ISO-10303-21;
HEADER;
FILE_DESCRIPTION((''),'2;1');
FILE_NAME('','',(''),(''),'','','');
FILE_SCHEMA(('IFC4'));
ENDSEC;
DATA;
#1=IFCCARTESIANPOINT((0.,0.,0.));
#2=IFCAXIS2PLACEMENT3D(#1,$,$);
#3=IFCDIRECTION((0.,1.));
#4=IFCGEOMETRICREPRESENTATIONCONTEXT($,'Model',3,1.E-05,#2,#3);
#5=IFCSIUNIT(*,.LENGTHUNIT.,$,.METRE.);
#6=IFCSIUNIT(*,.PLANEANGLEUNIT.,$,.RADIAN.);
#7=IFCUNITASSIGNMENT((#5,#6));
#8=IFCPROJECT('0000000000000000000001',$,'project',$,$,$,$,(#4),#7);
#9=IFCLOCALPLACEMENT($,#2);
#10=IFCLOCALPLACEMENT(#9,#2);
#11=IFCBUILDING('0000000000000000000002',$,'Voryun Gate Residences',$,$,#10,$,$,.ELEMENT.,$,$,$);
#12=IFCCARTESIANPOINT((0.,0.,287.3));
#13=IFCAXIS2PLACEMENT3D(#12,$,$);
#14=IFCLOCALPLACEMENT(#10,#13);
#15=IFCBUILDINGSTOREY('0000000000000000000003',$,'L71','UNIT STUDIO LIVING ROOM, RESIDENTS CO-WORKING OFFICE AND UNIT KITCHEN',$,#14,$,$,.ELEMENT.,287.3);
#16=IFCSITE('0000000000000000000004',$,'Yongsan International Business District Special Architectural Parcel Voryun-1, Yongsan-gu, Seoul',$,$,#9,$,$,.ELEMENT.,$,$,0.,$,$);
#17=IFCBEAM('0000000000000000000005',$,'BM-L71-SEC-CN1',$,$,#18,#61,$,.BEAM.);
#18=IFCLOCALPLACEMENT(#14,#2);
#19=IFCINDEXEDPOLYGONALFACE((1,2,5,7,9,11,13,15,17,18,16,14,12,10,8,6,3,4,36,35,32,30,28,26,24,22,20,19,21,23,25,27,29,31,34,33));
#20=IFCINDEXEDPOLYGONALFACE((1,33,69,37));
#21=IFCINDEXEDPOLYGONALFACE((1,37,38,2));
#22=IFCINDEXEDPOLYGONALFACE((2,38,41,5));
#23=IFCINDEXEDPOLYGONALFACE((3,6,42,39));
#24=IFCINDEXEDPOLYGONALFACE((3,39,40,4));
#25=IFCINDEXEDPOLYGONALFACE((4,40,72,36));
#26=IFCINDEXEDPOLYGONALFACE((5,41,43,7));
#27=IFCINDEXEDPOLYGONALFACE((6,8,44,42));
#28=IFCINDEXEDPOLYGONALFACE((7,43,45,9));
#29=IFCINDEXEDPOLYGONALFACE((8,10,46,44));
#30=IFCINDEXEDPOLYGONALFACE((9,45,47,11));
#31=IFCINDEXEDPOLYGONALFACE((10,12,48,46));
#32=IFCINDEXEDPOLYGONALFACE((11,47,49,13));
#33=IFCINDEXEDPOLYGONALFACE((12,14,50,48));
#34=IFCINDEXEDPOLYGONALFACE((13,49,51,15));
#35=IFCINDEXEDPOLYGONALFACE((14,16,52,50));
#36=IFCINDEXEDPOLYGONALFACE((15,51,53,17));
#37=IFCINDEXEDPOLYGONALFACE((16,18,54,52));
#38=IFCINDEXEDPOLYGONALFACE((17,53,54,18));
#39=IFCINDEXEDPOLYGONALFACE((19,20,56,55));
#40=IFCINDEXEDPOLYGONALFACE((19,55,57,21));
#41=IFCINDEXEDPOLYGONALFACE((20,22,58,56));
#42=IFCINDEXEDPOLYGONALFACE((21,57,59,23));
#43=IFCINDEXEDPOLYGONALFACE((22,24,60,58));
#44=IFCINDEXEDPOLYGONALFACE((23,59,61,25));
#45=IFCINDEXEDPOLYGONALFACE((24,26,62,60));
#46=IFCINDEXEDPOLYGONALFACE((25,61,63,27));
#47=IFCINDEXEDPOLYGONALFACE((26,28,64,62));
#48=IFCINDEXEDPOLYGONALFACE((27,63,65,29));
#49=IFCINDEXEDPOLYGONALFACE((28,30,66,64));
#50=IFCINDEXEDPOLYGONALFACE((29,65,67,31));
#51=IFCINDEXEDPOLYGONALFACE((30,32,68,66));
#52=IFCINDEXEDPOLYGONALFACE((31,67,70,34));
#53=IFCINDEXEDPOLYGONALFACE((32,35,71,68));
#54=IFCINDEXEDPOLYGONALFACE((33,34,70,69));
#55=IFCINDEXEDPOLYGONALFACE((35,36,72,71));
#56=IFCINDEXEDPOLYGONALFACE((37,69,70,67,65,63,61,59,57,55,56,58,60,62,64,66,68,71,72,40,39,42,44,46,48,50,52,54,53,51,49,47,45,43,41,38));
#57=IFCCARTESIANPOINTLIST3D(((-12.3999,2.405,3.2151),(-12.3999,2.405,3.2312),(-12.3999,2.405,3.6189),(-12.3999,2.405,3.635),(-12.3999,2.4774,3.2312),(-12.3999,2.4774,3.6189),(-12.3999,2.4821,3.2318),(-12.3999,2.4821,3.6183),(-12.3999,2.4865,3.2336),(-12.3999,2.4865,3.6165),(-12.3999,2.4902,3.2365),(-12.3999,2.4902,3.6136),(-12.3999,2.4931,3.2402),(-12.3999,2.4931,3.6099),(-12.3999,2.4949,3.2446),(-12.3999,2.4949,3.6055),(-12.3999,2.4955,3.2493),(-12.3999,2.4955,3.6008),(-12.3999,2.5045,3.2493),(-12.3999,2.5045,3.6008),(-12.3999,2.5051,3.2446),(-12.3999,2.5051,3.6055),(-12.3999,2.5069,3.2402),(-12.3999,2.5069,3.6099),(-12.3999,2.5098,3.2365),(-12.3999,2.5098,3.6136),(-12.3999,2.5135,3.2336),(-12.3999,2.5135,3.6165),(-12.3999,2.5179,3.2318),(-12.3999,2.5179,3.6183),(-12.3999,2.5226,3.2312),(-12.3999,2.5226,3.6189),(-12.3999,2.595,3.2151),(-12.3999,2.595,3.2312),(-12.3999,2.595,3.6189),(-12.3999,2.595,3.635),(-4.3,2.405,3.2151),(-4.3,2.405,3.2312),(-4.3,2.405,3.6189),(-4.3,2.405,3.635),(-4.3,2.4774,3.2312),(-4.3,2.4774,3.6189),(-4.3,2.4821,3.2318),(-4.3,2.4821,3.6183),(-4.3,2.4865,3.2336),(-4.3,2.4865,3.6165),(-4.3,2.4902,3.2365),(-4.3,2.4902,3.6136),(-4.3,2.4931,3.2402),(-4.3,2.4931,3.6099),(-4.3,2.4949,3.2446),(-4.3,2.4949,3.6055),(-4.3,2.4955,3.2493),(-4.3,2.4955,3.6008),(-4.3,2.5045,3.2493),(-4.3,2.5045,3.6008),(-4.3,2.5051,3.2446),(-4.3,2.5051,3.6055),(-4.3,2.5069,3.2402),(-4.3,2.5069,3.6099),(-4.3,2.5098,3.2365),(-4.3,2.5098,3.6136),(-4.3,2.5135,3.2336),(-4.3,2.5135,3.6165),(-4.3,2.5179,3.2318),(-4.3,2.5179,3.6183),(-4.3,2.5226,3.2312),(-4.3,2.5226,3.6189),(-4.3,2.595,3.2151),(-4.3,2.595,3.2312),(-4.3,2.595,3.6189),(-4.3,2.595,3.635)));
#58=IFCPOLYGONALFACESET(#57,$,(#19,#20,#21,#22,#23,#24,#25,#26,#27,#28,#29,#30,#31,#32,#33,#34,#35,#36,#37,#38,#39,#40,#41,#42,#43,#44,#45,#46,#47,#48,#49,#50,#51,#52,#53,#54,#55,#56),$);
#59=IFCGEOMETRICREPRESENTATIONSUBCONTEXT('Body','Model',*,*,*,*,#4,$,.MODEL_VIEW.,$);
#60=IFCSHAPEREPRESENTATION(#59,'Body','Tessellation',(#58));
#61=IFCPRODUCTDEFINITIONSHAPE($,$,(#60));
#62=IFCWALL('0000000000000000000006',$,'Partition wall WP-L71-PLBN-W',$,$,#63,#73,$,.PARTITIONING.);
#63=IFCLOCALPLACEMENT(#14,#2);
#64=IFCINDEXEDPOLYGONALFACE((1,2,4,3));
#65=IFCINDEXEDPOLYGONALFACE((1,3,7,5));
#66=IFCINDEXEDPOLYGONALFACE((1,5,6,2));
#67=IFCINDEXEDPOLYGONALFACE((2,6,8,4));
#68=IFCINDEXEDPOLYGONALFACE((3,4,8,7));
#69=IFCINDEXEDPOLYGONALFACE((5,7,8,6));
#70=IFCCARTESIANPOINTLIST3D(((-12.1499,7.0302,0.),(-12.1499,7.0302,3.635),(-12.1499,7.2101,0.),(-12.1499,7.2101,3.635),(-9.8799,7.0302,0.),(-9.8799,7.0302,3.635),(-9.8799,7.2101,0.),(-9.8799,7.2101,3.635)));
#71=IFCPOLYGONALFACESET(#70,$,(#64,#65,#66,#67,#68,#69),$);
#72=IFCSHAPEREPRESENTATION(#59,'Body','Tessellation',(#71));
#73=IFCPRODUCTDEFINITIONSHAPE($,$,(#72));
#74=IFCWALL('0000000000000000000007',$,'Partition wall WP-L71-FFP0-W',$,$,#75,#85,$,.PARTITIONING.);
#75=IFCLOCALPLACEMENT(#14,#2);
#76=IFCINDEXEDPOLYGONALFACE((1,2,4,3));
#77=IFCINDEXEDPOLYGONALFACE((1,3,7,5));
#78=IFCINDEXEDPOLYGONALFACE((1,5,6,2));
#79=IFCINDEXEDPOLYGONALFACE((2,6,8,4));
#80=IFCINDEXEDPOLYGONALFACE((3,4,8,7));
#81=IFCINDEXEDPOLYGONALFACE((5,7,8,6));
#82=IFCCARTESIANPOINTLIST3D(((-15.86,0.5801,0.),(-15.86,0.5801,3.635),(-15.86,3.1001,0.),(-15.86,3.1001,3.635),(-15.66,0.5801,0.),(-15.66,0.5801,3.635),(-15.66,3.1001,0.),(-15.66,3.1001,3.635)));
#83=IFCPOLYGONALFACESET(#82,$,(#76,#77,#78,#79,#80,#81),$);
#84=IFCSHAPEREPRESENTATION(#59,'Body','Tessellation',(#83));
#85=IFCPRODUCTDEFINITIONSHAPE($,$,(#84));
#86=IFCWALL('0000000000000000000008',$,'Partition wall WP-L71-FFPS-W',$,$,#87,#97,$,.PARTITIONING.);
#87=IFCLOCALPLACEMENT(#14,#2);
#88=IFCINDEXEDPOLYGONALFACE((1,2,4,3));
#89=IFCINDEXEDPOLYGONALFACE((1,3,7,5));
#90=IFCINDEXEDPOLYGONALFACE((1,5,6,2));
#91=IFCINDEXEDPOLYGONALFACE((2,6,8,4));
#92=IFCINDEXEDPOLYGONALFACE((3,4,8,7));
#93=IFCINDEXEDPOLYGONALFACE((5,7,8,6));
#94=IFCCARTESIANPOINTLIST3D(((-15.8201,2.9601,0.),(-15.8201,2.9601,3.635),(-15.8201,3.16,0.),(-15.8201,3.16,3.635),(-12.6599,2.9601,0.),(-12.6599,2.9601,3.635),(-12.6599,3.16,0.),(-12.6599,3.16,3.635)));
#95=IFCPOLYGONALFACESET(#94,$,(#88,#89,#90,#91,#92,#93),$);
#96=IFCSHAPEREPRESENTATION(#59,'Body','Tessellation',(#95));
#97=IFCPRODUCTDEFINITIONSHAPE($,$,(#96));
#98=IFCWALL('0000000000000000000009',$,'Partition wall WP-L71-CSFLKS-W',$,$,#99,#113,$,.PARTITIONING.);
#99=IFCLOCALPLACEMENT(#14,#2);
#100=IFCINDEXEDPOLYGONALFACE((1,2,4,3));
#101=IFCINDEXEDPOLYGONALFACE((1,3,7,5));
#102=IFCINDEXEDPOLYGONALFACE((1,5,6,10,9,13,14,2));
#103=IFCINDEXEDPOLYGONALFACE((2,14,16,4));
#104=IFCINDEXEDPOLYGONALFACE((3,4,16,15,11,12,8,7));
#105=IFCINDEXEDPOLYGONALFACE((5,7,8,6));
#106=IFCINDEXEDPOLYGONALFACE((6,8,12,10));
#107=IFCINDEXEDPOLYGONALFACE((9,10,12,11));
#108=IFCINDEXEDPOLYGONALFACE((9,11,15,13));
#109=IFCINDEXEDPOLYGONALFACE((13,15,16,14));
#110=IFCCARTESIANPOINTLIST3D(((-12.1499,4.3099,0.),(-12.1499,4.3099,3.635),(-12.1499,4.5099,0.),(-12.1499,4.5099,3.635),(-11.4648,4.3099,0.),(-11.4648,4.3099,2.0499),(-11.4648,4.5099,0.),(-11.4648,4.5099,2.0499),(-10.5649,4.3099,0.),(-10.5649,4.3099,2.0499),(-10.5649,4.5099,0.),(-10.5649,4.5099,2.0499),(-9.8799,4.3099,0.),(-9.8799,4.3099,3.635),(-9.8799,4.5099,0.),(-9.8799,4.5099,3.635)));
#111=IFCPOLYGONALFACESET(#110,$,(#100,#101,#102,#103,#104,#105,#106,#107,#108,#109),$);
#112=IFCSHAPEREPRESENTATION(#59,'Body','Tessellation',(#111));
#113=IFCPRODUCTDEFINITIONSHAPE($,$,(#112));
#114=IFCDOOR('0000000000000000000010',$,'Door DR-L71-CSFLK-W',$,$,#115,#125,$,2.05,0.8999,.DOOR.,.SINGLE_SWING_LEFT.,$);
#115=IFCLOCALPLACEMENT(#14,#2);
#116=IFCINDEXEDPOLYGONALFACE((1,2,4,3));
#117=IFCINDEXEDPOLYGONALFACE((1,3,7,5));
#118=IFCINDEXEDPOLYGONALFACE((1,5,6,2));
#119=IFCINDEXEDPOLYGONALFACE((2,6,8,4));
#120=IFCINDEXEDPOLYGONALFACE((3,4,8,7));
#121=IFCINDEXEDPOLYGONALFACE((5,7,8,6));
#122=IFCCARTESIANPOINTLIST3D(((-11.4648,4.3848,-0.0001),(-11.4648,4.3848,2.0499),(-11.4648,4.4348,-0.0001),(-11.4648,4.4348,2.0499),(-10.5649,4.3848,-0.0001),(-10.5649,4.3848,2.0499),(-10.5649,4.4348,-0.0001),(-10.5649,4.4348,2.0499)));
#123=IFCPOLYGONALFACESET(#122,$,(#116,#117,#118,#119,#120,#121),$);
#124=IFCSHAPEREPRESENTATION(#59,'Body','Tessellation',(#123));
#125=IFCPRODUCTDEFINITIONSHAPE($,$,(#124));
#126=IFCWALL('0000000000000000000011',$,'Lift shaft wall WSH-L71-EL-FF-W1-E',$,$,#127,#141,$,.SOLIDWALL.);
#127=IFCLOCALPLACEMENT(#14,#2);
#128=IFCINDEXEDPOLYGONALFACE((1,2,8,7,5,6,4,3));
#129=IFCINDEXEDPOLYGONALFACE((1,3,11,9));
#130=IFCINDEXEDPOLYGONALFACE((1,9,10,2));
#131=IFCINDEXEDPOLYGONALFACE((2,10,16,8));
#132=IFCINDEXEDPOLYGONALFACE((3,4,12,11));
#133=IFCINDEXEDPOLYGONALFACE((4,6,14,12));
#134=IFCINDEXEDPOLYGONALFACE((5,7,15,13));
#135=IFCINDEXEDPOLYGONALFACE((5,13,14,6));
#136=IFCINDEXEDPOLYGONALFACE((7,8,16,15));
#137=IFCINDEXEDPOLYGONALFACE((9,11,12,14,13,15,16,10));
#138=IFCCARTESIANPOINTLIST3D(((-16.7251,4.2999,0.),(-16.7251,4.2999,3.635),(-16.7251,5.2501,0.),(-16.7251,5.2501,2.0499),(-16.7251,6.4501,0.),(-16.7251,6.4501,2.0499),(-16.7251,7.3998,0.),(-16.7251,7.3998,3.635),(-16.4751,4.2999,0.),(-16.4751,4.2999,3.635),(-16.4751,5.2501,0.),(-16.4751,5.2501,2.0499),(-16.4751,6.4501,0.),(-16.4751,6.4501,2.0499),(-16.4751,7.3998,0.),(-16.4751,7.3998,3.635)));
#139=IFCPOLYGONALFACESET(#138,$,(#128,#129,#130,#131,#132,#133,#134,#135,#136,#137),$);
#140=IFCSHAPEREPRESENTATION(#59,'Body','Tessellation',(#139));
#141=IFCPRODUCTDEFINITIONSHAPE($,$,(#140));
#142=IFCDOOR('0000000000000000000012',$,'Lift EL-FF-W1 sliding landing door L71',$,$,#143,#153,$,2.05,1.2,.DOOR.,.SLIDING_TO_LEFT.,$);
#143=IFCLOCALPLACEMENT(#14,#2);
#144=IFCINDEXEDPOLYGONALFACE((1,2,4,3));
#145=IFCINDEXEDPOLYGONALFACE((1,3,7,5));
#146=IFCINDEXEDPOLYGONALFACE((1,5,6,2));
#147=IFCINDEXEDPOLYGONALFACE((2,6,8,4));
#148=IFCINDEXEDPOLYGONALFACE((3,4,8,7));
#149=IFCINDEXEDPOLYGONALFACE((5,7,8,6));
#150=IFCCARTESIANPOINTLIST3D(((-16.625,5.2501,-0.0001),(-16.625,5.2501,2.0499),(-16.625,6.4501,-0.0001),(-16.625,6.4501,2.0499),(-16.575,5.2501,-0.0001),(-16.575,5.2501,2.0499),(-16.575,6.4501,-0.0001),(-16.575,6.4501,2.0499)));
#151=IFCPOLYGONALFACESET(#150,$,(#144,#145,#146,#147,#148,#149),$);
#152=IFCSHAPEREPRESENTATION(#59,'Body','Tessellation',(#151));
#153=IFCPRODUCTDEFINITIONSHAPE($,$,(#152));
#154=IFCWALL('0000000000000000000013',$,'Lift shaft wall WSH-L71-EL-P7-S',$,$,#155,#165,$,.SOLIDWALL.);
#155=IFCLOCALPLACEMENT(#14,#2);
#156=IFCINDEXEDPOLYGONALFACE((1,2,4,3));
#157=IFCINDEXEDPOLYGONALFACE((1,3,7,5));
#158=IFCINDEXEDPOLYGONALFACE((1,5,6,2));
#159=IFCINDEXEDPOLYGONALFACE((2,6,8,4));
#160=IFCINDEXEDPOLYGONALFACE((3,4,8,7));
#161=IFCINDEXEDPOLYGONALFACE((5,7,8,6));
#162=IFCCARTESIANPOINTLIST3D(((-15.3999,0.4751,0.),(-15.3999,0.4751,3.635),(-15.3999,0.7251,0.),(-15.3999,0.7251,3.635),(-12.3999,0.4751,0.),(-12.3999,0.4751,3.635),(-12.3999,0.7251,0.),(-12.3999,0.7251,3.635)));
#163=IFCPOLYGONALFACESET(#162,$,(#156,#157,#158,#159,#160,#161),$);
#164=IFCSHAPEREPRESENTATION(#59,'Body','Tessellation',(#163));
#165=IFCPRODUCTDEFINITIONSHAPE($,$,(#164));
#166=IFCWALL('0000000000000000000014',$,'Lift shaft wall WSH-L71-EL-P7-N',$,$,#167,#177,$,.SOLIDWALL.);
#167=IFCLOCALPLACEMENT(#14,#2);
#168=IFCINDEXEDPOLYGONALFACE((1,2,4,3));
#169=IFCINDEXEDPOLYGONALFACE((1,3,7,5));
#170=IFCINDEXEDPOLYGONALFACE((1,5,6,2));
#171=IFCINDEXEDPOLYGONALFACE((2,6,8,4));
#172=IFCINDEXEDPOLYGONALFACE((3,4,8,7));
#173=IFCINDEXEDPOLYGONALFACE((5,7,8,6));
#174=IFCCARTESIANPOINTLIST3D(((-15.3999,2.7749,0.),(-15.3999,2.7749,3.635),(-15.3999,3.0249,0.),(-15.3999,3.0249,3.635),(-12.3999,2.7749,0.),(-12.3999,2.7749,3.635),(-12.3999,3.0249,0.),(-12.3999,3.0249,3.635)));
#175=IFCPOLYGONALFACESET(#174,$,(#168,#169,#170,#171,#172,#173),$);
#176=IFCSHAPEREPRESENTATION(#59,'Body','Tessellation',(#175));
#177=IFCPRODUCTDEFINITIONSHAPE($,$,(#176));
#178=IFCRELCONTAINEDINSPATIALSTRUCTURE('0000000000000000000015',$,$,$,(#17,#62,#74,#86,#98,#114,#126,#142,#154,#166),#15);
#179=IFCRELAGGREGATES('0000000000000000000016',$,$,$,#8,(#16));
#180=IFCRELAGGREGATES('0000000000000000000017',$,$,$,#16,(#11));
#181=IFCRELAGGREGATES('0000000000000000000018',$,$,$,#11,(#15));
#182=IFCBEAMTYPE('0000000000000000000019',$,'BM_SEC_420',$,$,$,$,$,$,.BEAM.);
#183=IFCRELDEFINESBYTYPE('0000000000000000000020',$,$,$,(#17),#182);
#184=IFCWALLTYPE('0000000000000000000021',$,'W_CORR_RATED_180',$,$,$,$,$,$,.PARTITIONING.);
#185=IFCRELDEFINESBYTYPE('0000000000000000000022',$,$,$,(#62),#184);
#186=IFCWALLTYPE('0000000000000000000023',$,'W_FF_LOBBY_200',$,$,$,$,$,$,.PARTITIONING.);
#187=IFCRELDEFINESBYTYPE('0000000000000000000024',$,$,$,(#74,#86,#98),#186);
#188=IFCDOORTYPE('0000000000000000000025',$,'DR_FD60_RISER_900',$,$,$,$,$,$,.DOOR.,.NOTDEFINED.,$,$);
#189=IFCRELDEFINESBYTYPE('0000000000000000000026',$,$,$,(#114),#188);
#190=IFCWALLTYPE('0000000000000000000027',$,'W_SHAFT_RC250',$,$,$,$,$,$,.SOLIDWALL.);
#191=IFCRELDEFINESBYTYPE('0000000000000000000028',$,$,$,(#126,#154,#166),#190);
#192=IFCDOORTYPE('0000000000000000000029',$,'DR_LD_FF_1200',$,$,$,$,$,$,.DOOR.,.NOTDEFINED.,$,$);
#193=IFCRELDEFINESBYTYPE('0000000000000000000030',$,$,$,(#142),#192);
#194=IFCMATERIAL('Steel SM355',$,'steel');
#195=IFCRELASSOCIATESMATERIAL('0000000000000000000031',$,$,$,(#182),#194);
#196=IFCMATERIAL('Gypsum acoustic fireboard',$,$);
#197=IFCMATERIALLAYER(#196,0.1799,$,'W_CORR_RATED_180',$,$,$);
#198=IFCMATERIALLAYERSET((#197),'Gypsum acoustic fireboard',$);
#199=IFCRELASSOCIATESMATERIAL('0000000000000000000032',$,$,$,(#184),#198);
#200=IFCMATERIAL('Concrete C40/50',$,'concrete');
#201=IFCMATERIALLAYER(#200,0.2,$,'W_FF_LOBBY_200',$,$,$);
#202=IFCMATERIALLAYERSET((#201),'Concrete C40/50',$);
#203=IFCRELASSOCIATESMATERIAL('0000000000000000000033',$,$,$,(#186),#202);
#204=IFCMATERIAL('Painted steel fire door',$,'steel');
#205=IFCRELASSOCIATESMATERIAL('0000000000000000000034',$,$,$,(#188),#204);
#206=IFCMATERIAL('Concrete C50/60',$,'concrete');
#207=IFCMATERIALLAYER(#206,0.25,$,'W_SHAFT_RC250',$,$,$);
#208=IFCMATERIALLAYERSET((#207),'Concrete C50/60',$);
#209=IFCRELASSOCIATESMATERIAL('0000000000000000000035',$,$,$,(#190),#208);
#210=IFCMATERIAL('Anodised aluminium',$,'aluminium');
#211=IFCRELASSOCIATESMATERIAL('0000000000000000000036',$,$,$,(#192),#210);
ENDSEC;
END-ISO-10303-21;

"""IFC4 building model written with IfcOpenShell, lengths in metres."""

from ifc_helpers import new_model, si_unit, direction, frame, frame_2d, origin, origin_2d, place, context, subcontext, project, spatial, rectangle, i_section, extrude, material, layer, layer_set, material_profile, profile_set, type_object, element, fill, save


model = new_model("IFC4")

# Units and contexts
model_context = context("Model", 3, precision=1e-05, world=origin(), true_north=direction((0.0, 1.0)))
body_context = subcontext(model_context, "Body", "Model", "MODEL_VIEW")
ifc_project = project(units=[si_unit("LENGTHUNIT", "METRE"), si_unit("PLANEANGLEUNIT", "RADIAN")], contexts=[model_context])

# Site, building, storey
site_placement = place(None, origin())
site = spatial("IfcSite", under=ifc_project, at=site_placement, Name="Yongsan International Business District Special Architectural Parcel Voryun-1, Yongsan-gu, Seoul", CompositionType="ELEMENT", RefElevation=0.0)
building_placement = place(site_placement, origin())
building = spatial("IfcBuilding", under=site, at=building_placement, Name="Voryun Gate Residences", CompositionType="ELEMENT")
storey_placement = place(building_placement, frame((0.0, 0.0, 287.3)))
storey = spatial("IfcBuildingStorey", under=building, at=storey_placement, Name="L71", Description="UNIT STUDIO LIVING ROOM, RESIDENTS CO-WORKING OFFICE AND UNIT KITCHEN", CompositionType="ELEMENT", Elevation=287.3)

# Beam
ifc_material_1 = material(Name="Steel SM355", Category="steel")
ifc_material_profile_1 = material_profile(ifc_material_1, i_section(OverallWidth=0.1899, OverallDepth=0.4199, WebThickness=0.009, FlangeThickness=0.0161, FilletRadius=0.0181, at=origin_2d()), Name="H-420x190x9x16")
ifc_profile_set_1 = profile_set([ifc_material_profile_1], Name="Steel SM355")
beam_type_1 = type_object("IfcBeamType", Name="BM_SEC_420", PredefinedType="BEAM", material=ifc_profile_set_1)
for number, where, z_axis, x_axis, name in (
    (1, (-12.3999, 2.5, 3.425), (1.0, 0.0, 0.0), (0.0, 1.0, 0.0), "BM-L71-SEC-CN1"),
):
    element("IfcBeam", number, at=place(storey_placement, frame(where, z_axis=z_axis, x_axis=x_axis)), inside=storey, type_object=beam_type_1, Name=name, PredefinedType="BEAM", context=body_context, shape_type="SweptSolid", body=[
        extrude(i_section(OverallWidth=0.1899, OverallDepth=0.4199, WebThickness=0.009, FlangeThickness=0.0161, FilletRadius=0.0181, at=origin_2d()), origin(), (0.0, 0.0, 1.0), 8.0999),
    ])

# Walls
ifc_material_2 = material(Name="Gypsum acoustic fireboard")
ifc_layer_1 = layer(ifc_material_2, 0.1799, Name="W_CORR_RATED_180")
ifc_layer_set_1 = layer_set([ifc_layer_1], Name="Gypsum acoustic fireboard")
wall_type_1 = type_object("IfcWallType", Name="W_CORR_RATED_180", PredefinedType="PARTITIONING", material=ifc_layer_set_1)
wall_1_placement = place(storey_placement, frame((-12.1499, 7.1201, 0.0), z_axis=(0.0, 0.0, 1.0), x_axis=(1.0, 0.0, 0.0)))
element("IfcWall", 2, at=wall_1_placement, inside=storey, type_object=wall_type_1, Name="Partition wall WP-L71-PLBN-W", PredefinedType="PARTITIONING", context=body_context, shape_type="SweptSolid", body=[
    extrude(rectangle(XDim=2.27, YDim=0.1799, at=frame_2d((1.135, 0.0))), origin(), (0.0, 0.0, 1.0), 3.635),
])
ifc_material_3 = material(Name="Concrete C40/50", Category="concrete")
ifc_layer_2 = layer(ifc_material_3, 0.2, Name="W_FF_LOBBY_200")
ifc_layer_set_2 = layer_set([ifc_layer_2], Name="Concrete C40/50")
wall_type_2 = type_object("IfcWallType", Name="W_FF_LOBBY_200", PredefinedType="PARTITIONING", material=ifc_layer_set_2)
wall_2_placement = place(storey_placement, frame((-15.76, 0.5801, 0.0), z_axis=(0.0, 0.0, 1.0), x_axis=(0.0, 1.0, 0.0)))
element("IfcWall", 3, at=wall_2_placement, inside=storey, type_object=wall_type_2, Name="Partition wall WP-L71-FFP0-W", PredefinedType="PARTITIONING", context=body_context, shape_type="SweptSolid", body=[
    extrude(rectangle(XDim=2.52, YDim=0.2, at=frame_2d((1.26, 0.0))), origin(), (0.0, 0.0, 1.0), 3.635),
])
wall_3_placement = place(storey_placement, frame((-15.8201, 3.0601, 0.0), z_axis=(0.0, 0.0, 1.0), x_axis=(1.0, 0.0, 0.0)))
element("IfcWall", 4, at=wall_3_placement, inside=storey, type_object=wall_type_2, Name="Partition wall WP-L71-FFPS-W", PredefinedType="PARTITIONING", context=body_context, shape_type="SweptSolid", body=[
    extrude(rectangle(XDim=3.1602, YDim=0.2, at=frame_2d((1.5801, 0.0))), origin(), (0.0, 0.0, 1.0), 3.635),
])

# Walls, openings, doors
wall_4_placement = place(storey_placement, frame((-12.1499, 4.4099, 0.0), z_axis=(0.0, 0.0, 1.0), x_axis=(1.0, 0.0, 0.0)))
wall_4 = element("IfcWall", 5, at=wall_4_placement, inside=storey, type_object=wall_type_2, Name="Partition wall WP-L71-CSFLKS-W", PredefinedType="PARTITIONING", context=body_context, shape_type="SweptSolid", body=[
    extrude(rectangle(XDim=2.27, YDim=0.2, at=frame_2d((1.135, 0.0))), origin(), (0.0, 0.0, 1.0), 3.635),
])
opening_1_placement = place(wall_4_placement, frame((0.6851, 0.0, 0.0)))
opening_1 = element("IfcOpeningElement", 6, at=opening_1_placement, cuts=wall_4, PredefinedType="OPENING", context=body_context, shape_type="SweptSolid", body=[
    extrude(rectangle(XDim=0.8999, YDim=2.05, at=frame_2d((0.45, 1.0249))), frame((0.0, 0.1101, 0.0), z_axis=(0.0, -1.0, 0.0), x_axis=(1.0, 0.0, 0.0)), (0.0, 0.0, 1.0), 0.22),
])
ifc_material_4 = material(Name="Painted steel fire door", Category="steel")
door_type_1 = type_object("IfcDoorType", Name="DR_FD60_RISER_900", OperationType="NOTDEFINED", PredefinedType="DOOR", material=ifc_material_4)
door_1_placement = place(opening_1_placement, origin())
door_1 = element("IfcDoor", 7, at=door_1_placement, inside=storey, type_object=door_type_1, Name="Door DR-L71-CSFLK-W", OperationType="SINGLE_SWING_LEFT", OverallHeight=2.05, OverallWidth=0.8999, PredefinedType="DOOR", context=body_context, shape_type="SweptSolid", body=[
    extrude(rectangle(XDim=0.8999, YDim=2.05, at=frame_2d((0.45, 1.0249))), frame((0.0, 0.0249, 0.0), z_axis=(0.0, -1.0, 0.0), x_axis=(1.0, 0.0, 0.0)), (0.0, 0.0, 1.0), 0.05),
])
fill(opening_1, door_1)
ifc_material_5 = material(Name="Concrete C50/60", Category="concrete")
ifc_layer_3 = layer(ifc_material_5, 0.25, Name="W_SHAFT_RC250")
ifc_layer_set_3 = layer_set([ifc_layer_3], Name="Concrete C50/60")
wall_type_3 = type_object("IfcWallType", Name="W_SHAFT_RC250", PredefinedType="SOLIDWALL", material=ifc_layer_set_3)
wall_5_placement = place(storey_placement, frame((-16.6001, 4.3, 0.0), z_axis=(0.0, 0.0, 1.0), x_axis=(0.0, 1.0, 0.0)))
wall_5 = element("IfcWall", 8, at=wall_5_placement, inside=storey, type_object=wall_type_3, Name="Lift shaft wall WSH-L71-EL-FF-W1-E", PredefinedType="SOLIDWALL", context=body_context, shape_type="SweptSolid", body=[
    extrude(rectangle(XDim=3.0999, YDim=0.25, at=frame_2d((1.5498, 0.0))), origin(), (0.0, 0.0, 1.0), 3.635),
])
opening_2_placement = place(wall_5_placement, frame((0.95, 0.0, 0.0)))
opening_2 = element("IfcOpeningElement", 9, at=opening_2_placement, cuts=wall_5, PredefinedType="OPENING", context=body_context, shape_type="SweptSolid", body=[
    extrude(rectangle(XDim=1.2, YDim=2.05, at=frame_2d((0.6001, 1.0249))), frame((0.0, 0.135, 0.0), z_axis=(0.0, -1.0, 0.0), x_axis=(1.0, 0.0, 0.0)), (0.0, 0.0, 1.0), 0.27),
])
ifc_material_6 = material(Name="Anodised aluminium", Category="aluminium")
door_type_2 = type_object("IfcDoorType", Name="DR_LD_FF_1200", OperationType="NOTDEFINED", PredefinedType="DOOR", material=ifc_material_6)
door_2_placement = place(opening_2_placement, origin())
door_2 = element("IfcDoor", 10, at=door_2_placement, inside=storey, type_object=door_type_2, Name="Lift EL-FF-W1 sliding landing door L71", OperationType="SLIDING_TO_LEFT", OverallHeight=2.05, OverallWidth=1.2, PredefinedType="DOOR", context=body_context, shape_type="SweptSolid", body=[
    extrude(rectangle(XDim=1.2, YDim=2.05, at=frame_2d((0.6001, 1.0249))), frame((0.0, 0.0249, 0.0), z_axis=(0.0, -1.0, 0.0), x_axis=(1.0, 0.0, 0.0)), (0.0, 0.0, 1.0), 0.05),
])
fill(opening_2, door_2)

# Walls
for number, where, z_axis, x_axis, name in (
    (11, (-15.3999, 0.6001, 0.0), (0.0, 0.0, 1.0), (1.0, 0.0, 0.0), "Lift shaft wall WSH-L71-EL-P7-S"),
    (12, (-12.3999, 2.8999, 0.0), (0.0, 0.0, 1.0), (-1.0, 0.0, 0.0), "Lift shaft wall WSH-L71-EL-P7-N"),
):
    element("IfcWall", number, at=place(storey_placement, frame(where, z_axis=z_axis, x_axis=x_axis)), inside=storey, type_object=wall_type_3, Name=name, PredefinedType="SOLIDWALL", context=body_context, shape_type="SweptSolid", body=[
        extrude(rectangle(XDim=3.0, YDim=0.25, at=frame_2d((1.5, 0.0))), origin(), (0.0, 0.0, 1.0), 3.635),
    ])

save(model, "model.ifc")
